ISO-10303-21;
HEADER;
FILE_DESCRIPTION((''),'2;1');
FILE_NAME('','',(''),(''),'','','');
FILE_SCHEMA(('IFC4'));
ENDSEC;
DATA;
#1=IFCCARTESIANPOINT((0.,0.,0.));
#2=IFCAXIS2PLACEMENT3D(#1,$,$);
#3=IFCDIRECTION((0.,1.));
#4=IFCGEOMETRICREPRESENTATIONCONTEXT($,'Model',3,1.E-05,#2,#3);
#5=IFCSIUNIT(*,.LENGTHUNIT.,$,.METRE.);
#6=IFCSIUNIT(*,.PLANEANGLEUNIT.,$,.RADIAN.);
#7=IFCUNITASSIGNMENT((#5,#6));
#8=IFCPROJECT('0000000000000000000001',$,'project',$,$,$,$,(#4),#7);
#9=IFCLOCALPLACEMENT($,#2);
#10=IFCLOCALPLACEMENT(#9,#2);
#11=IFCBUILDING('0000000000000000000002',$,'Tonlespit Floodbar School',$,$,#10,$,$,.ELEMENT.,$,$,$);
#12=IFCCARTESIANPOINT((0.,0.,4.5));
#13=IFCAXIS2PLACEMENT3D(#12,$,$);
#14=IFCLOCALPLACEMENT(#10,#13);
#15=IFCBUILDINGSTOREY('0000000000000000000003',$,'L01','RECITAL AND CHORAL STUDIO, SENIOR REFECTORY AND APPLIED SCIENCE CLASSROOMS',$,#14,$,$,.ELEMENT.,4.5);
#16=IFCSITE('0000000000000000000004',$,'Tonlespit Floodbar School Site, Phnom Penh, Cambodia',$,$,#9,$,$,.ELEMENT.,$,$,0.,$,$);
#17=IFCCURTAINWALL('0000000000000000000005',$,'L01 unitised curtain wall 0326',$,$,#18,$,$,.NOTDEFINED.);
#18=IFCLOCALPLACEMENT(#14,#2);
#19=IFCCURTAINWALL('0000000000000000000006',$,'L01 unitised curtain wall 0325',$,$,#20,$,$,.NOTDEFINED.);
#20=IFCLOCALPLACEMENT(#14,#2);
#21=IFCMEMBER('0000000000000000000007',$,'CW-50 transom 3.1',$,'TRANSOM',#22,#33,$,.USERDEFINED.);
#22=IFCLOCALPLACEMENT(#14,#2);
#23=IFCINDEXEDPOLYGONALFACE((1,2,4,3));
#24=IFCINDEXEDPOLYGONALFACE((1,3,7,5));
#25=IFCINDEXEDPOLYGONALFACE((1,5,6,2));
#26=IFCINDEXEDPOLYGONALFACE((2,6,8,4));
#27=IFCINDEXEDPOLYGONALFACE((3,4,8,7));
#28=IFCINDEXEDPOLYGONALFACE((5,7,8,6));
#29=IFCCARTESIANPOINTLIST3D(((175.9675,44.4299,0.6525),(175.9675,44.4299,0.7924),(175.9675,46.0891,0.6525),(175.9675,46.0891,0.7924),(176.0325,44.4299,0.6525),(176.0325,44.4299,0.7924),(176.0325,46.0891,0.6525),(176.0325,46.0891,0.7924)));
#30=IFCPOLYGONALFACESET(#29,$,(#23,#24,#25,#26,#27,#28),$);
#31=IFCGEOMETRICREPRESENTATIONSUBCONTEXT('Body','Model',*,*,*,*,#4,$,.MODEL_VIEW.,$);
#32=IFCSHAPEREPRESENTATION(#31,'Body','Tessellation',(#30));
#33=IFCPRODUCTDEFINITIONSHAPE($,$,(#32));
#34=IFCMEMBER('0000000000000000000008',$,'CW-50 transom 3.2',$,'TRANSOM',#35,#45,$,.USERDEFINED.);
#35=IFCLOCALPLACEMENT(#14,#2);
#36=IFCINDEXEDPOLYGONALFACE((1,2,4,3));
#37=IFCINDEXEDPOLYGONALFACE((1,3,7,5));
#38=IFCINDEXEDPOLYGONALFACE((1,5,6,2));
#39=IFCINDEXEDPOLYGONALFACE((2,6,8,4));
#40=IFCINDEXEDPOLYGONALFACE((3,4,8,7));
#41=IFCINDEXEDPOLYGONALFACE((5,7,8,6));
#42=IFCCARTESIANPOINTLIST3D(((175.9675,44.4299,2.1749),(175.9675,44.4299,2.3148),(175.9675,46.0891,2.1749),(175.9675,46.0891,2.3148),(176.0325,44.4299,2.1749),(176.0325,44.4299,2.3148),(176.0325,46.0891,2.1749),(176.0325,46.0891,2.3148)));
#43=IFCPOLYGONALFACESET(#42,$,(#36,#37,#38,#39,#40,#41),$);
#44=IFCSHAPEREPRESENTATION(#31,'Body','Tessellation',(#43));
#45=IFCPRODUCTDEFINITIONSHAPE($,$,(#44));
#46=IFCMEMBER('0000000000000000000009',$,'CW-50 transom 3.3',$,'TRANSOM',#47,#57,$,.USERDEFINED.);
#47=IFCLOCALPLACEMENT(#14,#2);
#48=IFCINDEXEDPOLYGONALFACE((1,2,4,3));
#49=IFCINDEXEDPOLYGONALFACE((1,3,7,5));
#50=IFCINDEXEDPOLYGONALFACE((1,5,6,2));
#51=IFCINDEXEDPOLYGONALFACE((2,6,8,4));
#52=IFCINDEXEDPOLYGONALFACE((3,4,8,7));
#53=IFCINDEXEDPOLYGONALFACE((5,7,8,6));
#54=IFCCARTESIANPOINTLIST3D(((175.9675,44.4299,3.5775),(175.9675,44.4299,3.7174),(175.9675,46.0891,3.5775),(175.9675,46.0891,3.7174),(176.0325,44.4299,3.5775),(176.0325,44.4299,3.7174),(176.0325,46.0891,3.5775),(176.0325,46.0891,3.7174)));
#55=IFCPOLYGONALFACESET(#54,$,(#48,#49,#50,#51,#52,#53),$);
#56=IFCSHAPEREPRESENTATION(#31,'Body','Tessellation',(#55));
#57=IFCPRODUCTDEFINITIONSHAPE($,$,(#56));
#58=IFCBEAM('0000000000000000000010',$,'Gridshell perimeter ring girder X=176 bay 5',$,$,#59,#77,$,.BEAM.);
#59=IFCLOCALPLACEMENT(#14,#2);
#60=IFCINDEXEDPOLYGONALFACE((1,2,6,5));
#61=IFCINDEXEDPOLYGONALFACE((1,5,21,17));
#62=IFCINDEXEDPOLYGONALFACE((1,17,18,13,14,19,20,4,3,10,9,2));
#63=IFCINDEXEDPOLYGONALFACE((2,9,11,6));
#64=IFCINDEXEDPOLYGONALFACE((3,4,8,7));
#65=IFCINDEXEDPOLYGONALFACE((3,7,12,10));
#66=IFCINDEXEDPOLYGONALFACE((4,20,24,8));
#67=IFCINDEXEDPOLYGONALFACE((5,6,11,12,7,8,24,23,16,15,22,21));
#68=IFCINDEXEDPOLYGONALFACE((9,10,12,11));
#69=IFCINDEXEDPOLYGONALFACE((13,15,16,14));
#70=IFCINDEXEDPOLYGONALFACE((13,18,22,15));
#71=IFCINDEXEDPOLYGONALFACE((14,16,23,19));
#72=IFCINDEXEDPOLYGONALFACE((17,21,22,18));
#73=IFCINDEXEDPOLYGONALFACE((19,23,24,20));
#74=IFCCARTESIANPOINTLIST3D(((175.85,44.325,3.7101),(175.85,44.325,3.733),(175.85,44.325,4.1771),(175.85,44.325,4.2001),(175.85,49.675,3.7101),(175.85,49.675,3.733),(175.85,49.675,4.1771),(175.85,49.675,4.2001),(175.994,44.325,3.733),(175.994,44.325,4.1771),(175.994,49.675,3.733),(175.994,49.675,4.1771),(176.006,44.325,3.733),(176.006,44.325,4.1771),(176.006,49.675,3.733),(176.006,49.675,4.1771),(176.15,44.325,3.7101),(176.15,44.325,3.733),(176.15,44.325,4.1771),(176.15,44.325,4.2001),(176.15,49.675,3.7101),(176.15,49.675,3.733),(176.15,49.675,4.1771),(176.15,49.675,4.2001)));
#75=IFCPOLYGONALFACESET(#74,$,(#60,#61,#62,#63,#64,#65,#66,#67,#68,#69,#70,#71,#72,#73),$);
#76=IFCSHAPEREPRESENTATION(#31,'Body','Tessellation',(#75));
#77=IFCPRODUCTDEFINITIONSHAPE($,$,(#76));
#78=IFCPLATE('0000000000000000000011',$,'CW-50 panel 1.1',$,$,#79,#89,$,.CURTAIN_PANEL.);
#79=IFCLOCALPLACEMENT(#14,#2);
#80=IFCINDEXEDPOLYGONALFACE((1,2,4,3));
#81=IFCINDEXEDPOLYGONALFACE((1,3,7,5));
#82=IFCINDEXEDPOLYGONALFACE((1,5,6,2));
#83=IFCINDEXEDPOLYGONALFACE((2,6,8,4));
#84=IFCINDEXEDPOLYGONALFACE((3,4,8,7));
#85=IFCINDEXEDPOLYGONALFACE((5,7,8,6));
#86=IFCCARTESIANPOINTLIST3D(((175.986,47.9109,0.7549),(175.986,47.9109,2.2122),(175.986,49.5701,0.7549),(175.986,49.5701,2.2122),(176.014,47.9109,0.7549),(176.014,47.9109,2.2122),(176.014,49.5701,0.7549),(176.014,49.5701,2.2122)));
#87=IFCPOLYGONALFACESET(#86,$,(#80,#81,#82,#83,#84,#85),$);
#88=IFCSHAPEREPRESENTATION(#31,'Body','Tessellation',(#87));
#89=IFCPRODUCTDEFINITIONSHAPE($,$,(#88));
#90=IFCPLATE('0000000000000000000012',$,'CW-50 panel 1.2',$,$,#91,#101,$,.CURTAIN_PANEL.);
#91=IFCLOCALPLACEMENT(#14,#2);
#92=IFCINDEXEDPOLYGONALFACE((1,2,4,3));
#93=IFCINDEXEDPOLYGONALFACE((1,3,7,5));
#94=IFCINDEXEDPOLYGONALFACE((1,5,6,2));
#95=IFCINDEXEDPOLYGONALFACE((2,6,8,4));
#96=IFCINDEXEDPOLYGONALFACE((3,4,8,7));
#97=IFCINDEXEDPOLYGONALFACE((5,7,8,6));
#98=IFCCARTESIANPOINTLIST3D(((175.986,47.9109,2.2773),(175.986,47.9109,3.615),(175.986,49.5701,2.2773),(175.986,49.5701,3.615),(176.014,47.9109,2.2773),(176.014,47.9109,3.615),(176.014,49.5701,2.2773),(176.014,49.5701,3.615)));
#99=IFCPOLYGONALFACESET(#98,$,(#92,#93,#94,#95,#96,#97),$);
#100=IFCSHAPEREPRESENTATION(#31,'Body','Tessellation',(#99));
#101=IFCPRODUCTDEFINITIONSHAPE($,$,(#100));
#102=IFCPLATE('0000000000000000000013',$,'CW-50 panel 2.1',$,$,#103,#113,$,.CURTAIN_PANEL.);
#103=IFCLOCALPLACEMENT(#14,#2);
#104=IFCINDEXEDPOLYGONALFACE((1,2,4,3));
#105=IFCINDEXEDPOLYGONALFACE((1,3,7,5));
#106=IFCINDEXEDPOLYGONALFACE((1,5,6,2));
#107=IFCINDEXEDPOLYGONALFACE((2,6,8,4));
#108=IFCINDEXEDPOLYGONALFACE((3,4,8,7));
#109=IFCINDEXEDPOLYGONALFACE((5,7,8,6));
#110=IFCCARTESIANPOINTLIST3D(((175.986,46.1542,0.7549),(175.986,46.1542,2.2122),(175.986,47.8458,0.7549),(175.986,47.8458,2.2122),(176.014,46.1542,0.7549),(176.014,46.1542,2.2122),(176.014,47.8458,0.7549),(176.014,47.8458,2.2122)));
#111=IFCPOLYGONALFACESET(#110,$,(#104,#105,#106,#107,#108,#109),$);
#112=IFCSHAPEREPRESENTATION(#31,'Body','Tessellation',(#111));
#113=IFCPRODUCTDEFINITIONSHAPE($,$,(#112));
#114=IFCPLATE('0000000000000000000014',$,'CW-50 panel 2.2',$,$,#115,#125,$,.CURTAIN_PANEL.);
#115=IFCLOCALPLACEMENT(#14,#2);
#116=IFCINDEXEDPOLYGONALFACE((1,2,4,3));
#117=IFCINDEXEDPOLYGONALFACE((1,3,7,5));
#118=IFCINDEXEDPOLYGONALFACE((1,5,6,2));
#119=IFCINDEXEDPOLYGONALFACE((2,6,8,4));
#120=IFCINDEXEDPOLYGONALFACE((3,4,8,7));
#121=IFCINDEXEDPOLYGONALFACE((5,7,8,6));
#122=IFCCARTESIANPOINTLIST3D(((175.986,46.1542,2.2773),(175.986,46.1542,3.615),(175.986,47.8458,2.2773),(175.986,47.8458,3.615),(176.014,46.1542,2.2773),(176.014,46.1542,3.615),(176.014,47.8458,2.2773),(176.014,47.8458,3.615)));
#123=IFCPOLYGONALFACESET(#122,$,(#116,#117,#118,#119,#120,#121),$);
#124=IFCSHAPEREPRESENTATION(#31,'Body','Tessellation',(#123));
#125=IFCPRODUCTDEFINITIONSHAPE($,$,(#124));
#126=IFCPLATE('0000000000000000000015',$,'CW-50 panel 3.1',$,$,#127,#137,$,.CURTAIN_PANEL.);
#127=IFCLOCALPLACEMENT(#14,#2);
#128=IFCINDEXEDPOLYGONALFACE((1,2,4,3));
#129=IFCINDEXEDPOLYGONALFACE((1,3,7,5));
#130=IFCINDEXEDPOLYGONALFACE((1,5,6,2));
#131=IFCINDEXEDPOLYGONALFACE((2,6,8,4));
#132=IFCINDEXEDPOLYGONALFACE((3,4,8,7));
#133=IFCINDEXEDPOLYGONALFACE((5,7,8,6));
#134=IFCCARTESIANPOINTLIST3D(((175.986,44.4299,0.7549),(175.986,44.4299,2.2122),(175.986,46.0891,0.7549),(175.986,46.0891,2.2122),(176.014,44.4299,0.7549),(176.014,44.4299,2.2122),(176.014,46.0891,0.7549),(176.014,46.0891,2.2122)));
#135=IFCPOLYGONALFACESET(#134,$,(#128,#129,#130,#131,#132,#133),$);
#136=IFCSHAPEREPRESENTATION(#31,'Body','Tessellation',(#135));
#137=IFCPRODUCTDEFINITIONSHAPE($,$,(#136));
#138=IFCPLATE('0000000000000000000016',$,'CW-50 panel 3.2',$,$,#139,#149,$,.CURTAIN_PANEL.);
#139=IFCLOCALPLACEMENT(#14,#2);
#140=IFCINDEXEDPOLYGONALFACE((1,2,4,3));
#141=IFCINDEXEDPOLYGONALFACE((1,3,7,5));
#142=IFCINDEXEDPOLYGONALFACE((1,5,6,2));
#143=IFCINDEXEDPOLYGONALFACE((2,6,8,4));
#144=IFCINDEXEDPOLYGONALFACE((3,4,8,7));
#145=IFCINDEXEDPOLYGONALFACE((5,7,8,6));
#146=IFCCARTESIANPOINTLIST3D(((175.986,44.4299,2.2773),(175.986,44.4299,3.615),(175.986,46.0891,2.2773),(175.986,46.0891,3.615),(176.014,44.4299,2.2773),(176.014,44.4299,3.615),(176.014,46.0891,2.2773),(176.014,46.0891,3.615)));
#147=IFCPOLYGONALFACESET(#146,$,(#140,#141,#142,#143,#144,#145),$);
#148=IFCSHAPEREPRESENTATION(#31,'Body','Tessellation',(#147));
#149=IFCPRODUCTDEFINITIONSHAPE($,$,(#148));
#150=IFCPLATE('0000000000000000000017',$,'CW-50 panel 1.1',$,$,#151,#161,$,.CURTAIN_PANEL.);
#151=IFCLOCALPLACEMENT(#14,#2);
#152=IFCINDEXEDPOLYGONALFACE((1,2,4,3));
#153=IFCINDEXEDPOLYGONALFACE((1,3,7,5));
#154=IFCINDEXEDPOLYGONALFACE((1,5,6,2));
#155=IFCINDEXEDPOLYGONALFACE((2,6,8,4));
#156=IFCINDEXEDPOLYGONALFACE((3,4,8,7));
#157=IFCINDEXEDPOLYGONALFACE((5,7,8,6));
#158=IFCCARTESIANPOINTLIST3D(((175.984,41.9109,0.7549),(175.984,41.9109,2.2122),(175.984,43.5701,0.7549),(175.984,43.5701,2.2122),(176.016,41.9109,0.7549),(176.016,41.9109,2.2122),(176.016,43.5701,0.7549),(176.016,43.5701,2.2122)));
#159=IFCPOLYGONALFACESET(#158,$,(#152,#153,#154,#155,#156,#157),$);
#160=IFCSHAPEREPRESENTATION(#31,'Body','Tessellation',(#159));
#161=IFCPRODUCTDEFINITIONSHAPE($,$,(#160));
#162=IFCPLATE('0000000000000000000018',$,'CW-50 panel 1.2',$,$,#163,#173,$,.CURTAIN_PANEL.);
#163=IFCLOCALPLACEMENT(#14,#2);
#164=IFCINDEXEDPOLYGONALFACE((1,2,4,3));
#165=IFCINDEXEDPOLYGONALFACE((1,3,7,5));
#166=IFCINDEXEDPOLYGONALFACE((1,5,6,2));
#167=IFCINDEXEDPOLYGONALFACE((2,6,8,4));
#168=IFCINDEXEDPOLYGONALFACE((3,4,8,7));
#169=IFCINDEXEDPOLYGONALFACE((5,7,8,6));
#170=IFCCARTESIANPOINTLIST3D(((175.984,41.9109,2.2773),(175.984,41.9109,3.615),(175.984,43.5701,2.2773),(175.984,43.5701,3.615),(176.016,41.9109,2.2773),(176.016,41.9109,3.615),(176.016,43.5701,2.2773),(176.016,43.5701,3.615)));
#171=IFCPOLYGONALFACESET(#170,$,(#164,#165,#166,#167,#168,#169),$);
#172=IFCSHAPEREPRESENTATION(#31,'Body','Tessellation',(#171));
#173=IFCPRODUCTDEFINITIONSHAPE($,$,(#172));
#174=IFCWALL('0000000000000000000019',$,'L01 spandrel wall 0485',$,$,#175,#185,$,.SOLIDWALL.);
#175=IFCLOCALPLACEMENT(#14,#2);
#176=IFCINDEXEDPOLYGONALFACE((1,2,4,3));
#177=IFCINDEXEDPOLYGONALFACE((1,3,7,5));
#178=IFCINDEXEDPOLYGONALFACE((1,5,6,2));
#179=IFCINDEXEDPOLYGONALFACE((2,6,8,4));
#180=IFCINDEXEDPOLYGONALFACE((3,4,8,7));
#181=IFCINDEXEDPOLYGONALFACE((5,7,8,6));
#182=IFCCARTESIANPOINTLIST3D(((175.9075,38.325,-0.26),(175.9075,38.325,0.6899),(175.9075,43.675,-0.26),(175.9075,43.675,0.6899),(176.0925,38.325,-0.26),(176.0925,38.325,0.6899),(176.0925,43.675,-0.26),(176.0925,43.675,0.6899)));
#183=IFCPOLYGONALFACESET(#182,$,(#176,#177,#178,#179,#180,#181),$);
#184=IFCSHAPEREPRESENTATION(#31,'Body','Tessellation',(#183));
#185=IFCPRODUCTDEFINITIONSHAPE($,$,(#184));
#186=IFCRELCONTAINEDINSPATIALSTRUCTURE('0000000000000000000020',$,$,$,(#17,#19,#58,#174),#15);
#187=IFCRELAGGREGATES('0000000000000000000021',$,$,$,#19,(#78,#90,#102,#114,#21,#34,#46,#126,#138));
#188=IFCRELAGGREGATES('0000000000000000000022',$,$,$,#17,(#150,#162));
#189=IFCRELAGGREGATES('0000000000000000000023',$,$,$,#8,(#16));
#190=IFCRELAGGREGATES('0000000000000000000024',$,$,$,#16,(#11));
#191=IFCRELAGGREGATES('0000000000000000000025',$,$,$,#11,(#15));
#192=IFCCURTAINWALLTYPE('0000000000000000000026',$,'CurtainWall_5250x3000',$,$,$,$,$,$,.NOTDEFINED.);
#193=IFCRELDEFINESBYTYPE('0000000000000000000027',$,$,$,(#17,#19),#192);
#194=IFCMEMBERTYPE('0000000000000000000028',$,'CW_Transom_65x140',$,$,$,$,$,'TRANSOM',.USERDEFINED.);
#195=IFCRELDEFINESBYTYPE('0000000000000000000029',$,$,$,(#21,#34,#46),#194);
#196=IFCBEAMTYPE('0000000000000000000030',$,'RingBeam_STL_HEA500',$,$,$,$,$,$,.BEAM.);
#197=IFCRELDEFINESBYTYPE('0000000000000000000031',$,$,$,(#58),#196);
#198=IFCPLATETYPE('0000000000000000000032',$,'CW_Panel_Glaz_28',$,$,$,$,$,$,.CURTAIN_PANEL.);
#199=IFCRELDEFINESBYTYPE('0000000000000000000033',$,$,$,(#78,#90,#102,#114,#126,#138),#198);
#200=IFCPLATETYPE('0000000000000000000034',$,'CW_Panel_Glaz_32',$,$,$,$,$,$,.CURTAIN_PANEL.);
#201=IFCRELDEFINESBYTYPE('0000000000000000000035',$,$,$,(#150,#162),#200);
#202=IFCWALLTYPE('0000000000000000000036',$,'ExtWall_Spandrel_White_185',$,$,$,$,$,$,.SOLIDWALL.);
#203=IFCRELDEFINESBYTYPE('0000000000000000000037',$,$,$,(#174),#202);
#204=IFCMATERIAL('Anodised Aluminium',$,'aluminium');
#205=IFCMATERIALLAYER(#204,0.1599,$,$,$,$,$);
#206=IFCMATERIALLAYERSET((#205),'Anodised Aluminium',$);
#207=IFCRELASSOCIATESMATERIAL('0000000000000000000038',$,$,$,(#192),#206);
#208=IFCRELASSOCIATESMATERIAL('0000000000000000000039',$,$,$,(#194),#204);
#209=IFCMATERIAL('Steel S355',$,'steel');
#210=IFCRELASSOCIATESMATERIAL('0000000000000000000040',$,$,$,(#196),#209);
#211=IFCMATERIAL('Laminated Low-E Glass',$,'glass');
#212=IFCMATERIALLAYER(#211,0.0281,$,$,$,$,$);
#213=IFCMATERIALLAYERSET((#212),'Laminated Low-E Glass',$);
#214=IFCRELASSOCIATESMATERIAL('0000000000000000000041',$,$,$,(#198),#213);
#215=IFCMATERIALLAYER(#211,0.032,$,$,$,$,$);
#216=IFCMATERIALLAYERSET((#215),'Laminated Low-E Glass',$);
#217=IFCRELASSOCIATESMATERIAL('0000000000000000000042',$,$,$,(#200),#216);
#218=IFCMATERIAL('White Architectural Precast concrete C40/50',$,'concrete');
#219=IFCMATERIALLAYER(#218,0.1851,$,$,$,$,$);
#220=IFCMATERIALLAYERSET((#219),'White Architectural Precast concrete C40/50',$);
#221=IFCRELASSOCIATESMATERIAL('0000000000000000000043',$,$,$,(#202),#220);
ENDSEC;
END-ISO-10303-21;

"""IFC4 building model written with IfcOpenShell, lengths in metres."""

from ifc_helpers import new_model, si_unit, direction, frame, frame_2d, origin, origin_2d, place, context, subcontext, project, spatial, rectangle, i_section, extrude, material, layer, layer_set, material_profile, profile_set, type_object, element, aggregate, save


model = new_model("IFC4")

# Units and contexts
model_context = context("Model", 3, precision=1e-05, world=origin(), true_north=direction((0.0, 1.0)))
body_context = subcontext(model_context, "Body", "Model", "MODEL_VIEW")
ifc_project = project(units=[si_unit("LENGTHUNIT", "METRE"), si_unit("PLANEANGLEUNIT", "RADIAN")], contexts=[model_context])

# Site, building, storey
site_placement = place(None, origin())
site = spatial("IfcSite", under=ifc_project, at=site_placement, Name="Tonlespit Floodbar School Site, Phnom Penh, Cambodia", CompositionType="ELEMENT", RefElevation=0.0)
building_placement = place(site_placement, origin())
building = spatial("IfcBuilding", under=site, at=building_placement, Name="Tonlespit Floodbar School", CompositionType="ELEMENT")
storey_placement = place(building_placement, frame((0.0, 0.0, 4.5)))
storey = spatial("IfcBuildingStorey", under=building, at=storey_placement, Name="L01", Description="RECITAL AND CHORAL STUDIO, SENIOR REFECTORY AND APPLIED SCIENCE CLASSROOMS", CompositionType="ELEMENT", Elevation=4.5)

# Curtain walls
ifc_material_1 = material(Name="Anodised Aluminium", Category="aluminium")
ifc_layer_1 = layer(ifc_material_1, 0.1599)
ifc_layer_set_1 = layer_set([ifc_layer_1], Name="Anodised Aluminium")
curtain_wall_type = type_object("IfcCurtainWallType", Name="CurtainWall_5250x3000", PredefinedType="NOTDEFINED", material=ifc_layer_set_1)
curtain_wall_1_placement = place(storey_placement, origin())
curtain_wall_1 = element("IfcCurtainWall", 1, at=curtain_wall_1_placement, inside=storey, type_object=curtain_wall_type, Name="L01 unitised curtain wall 0326", PredefinedType="NOTDEFINED")
curtain_wall_2_placement = place(storey_placement, origin())
curtain_wall_2 = element("IfcCurtainWall", 2, at=curtain_wall_2_placement, inside=storey, type_object=curtain_wall_type, Name="L01 unitised curtain wall 0325", PredefinedType="NOTDEFINED")

# Members
ifc_material_profile_1 = material_profile(ifc_material_1, rectangle(XDim=0.0649, YDim=0.1399, at=origin_2d()), Name="ALU T65x140")
ifc_profile_set_1 = profile_set([ifc_material_profile_1], Name="Anodised Aluminium")
member_type_1 = type_object("IfcMemberType", Name="CW_Transom_65x140", ElementType="TRANSOM", PredefinedType="USERDEFINED", material=ifc_profile_set_1)
member_1_placement = place(storey_placement, frame((176.0, 46.0891, 0.7224), z_axis=(0.0, -1.0, 0.0), x_axis=(1.0, 0.0, 0.0)))
member_1 = element("IfcMember", 3, at=member_1_placement, type_object=member_type_1, Name="CW-50 transom 3.1", ObjectType="TRANSOM", PredefinedType="USERDEFINED", context=body_context, shape_type="SweptSolid", body=[
    extrude(rectangle(XDim=0.0649, YDim=0.1399, at=origin_2d()), origin(), (0.0, 0.0, 1.0), 1.6592),
])
member_2_placement = place(storey_placement, frame((176.0, 46.0891, 2.2449), z_axis=(0.0, -1.0, 0.0), x_axis=(1.0, 0.0, 0.0)))
member_2 = element("IfcMember", 4, at=member_2_placement, type_object=member_type_1, Name="CW-50 transom 3.2", ObjectType="TRANSOM", PredefinedType="USERDEFINED", context=body_context, shape_type="SweptSolid", body=[
    extrude(rectangle(XDim=0.0649, YDim=0.1399, at=origin_2d()), origin(), (0.0, 0.0, 1.0), 1.6592),
])
member_3_placement = place(storey_placement, frame((176.0, 46.0891, 3.6475), z_axis=(0.0, -1.0, 0.0), x_axis=(1.0, 0.0, 0.0)))
member_3 = element("IfcMember", 5, at=member_3_placement, type_object=member_type_1, Name="CW-50 transom 3.3", ObjectType="TRANSOM", PredefinedType="USERDEFINED", context=body_context, shape_type="SweptSolid", body=[
    extrude(rectangle(XDim=0.0649, YDim=0.1399, at=origin_2d()), origin(), (0.0, 0.0, 1.0), 1.6592),
])

# Beam
ifc_material_2 = material(Name="Steel S355", Category="steel")
ifc_material_profile_2 = material_profile(ifc_material_2, i_section(OverallWidth=0.3, OverallDepth=0.49, WebThickness=0.012, FlangeThickness=0.0229, at=origin_2d()), Name="HEA 500")
ifc_profile_set_2 = profile_set([ifc_material_profile_2], Name="Steel S355")
beam_type = type_object("IfcBeamType", Name="RingBeam_STL_HEA500", PredefinedType="BEAM", material=ifc_profile_set_2)
beam_placement = place(storey_placement, frame((176.0, 44.325, 3.9551), z_axis=(0.0, 1.0, 0.0), x_axis=(-1.0, 0.0, 0.0)))
element("IfcBeam", 6, at=beam_placement, inside=storey, type_object=beam_type, Name="Gridshell perimeter ring girder X=176 bay 5", PredefinedType="BEAM", context=body_context, shape_type="SweptSolid", body=[
    extrude(i_section(OverallWidth=0.3, OverallDepth=0.49, WebThickness=0.012, FlangeThickness=0.0229, at=origin_2d()), origin(), (0.0, 0.0, 1.0), 5.3501),
])

# Plates
ifc_material_3 = material(Name="Laminated Low-E Glass", Category="glass")
ifc_layer_2 = layer(ifc_material_3, 0.0281)
ifc_layer_set_2 = layer_set([ifc_layer_2], Name="Laminated Low-E Glass")
plate_type_1 = type_object("IfcPlateType", Name="CW_Panel_Glaz_28", PredefinedType="CURTAIN_PANEL", material=ifc_layer_set_2)
plate_1_placement = place(storey_placement, frame((176.0, 48.7405, 0.7549), z_axis=(0.0, 0.0, 1.0), x_axis=(0.0, -1.0, 0.0)))
plate_1 = element("IfcPlate", 7, at=plate_1_placement, type_object=plate_type_1, Name="CW-50 panel 1.1", PredefinedType="CURTAIN_PANEL", context=body_context, shape_type="SweptSolid", body=[
    extrude(rectangle(XDim=1.6592, YDim=0.0281, at=origin_2d()), origin(), (0.0, 0.0, 1.0), 1.4573),
])
plate_2_placement = place(storey_placement, frame((176.0, 48.7405, 2.2773), z_axis=(0.0, 0.0, 1.0), x_axis=(0.0, -1.0, 0.0)))
plate_2 = element("IfcPlate", 8, at=plate_2_placement, type_object=plate_type_1, Name="CW-50 panel 1.2", PredefinedType="CURTAIN_PANEL", context=body_context, shape_type="SweptSolid", body=[
    extrude(rectangle(XDim=1.6592, YDim=0.0281, at=origin_2d()), origin(), (0.0, 0.0, 1.0), 1.3376),
])
plate_3_placement = place(storey_placement, frame((176.0, 47.0, 0.7549), z_axis=(0.0, 0.0, 1.0), x_axis=(0.0, -1.0, 0.0)))
plate_3 = element("IfcPlate", 9, at=plate_3_placement, type_object=plate_type_1, Name="CW-50 panel 2.1", PredefinedType="CURTAIN_PANEL", context=body_context, shape_type="SweptSolid", body=[
    extrude(rectangle(XDim=1.6917, YDim=0.0281, at=origin_2d()), origin(), (0.0, 0.0, 1.0), 1.4573),
])
plate_4_placement = place(storey_placement, frame((176.0, 47.0, 2.2773), z_axis=(0.0, 0.0, 1.0), x_axis=(0.0, -1.0, 0.0)))
plate_4 = element("IfcPlate", 10, at=plate_4_placement, type_object=plate_type_1, Name="CW-50 panel 2.2", PredefinedType="CURTAIN_PANEL", context=body_context, shape_type="SweptSolid", body=[
    extrude(rectangle(XDim=1.6917, YDim=0.0281, at=origin_2d()), origin(), (0.0, 0.0, 1.0), 1.3376),
])
plate_5_placement = place(storey_placement, frame((176.0, 45.2595, 0.7549), z_axis=(0.0, 0.0, 1.0), x_axis=(0.0, -1.0, 0.0)))
plate_5 = element("IfcPlate", 11, at=plate_5_placement, type_object=plate_type_1, Name="CW-50 panel 3.1", PredefinedType="CURTAIN_PANEL", context=body_context, shape_type="SweptSolid", body=[
    extrude(rectangle(XDim=1.6592, YDim=0.0281, at=origin_2d()), origin(), (0.0, 0.0, 1.0), 1.4573),
])
plate_6_placement = place(storey_placement, frame((176.0, 45.2595, 2.2773), z_axis=(0.0, 0.0, 1.0), x_axis=(0.0, -1.0, 0.0)))
plate_6 = element("IfcPlate", 12, at=plate_6_placement, type_object=plate_type_1, Name="CW-50 panel 3.2", PredefinedType="CURTAIN_PANEL", context=body_context, shape_type="SweptSolid", body=[
    extrude(rectangle(XDim=1.6592, YDim=0.0281, at=origin_2d()), origin(), (0.0, 0.0, 1.0), 1.3376),
])
aggregate(curtain_wall_2, [plate_1, plate_2, plate_3, plate_4, member_1, member_2, member_3, plate_5, plate_6])
ifc_layer_3 = layer(ifc_material_3, 0.032)
ifc_layer_set_3 = layer_set([ifc_layer_3], Name="Laminated Low-E Glass")
plate_type_2 = type_object("IfcPlateType", Name="CW_Panel_Glaz_32", PredefinedType="CURTAIN_PANEL", material=ifc_layer_set_3)
plate_7_placement = place(storey_placement, frame((176.0, 42.7405, 0.7549), z_axis=(0.0, 0.0, 1.0), x_axis=(0.0, -1.0, 0.0)))
plate_7 = element("IfcPlate", 13, at=plate_7_placement, type_object=plate_type_2, Name="CW-50 panel 1.1", PredefinedType="CURTAIN_PANEL", context=body_context, shape_type="SweptSolid", body=[
    extrude(rectangle(XDim=1.6592, YDim=0.032, at=origin_2d()), origin(), (0.0, 0.0, 1.0), 1.4573),
])
plate_8_placement = place(storey_placement, frame((176.0, 42.7405, 2.2773), z_axis=(0.0, 0.0, 1.0), x_axis=(0.0, -1.0, 0.0)))
plate_8 = element("IfcPlate", 14, at=plate_8_placement, type_object=plate_type_2, Name="CW-50 panel 1.2", PredefinedType="CURTAIN_PANEL", context=body_context, shape_type="SweptSolid", body=[
    extrude(rectangle(XDim=1.6592, YDim=0.032, at=origin_2d()), origin(), (0.0, 0.0, 1.0), 1.3376),
])
aggregate(curtain_wall_1, [plate_7, plate_8])

# Wall
ifc_material_4 = material(Name="White Architectural Precast concrete C40/50", Category="concrete")
ifc_layer_4 = layer(ifc_material_4, 0.1851)
ifc_layer_set_4 = layer_set([ifc_layer_4], Name="White Architectural Precast concrete C40/50")
wall_type = type_object("IfcWallType", Name="ExtWall_Spandrel_White_185", PredefinedType="SOLIDWALL", material=ifc_layer_set_4)
wall_placement = place(storey_placement, frame((176.0, 43.675, -0.26), z_axis=(0.0, 0.0, 1.0), x_axis=(0.0, -1.0, 0.0)))
element("IfcWall", 15, at=wall_placement, inside=storey, type_object=wall_type, Name="L01 spandrel wall 0485", PredefinedType="SOLIDWALL", context=body_context, shape_type="SweptSolid", body=[
    extrude(rectangle(XDim=5.3501, YDim=0.1851, at=frame_2d((2.675, 0.0))), origin(), (0.0, 0.0, 1.0), 0.95),
])

save(model, "model.ifc")
